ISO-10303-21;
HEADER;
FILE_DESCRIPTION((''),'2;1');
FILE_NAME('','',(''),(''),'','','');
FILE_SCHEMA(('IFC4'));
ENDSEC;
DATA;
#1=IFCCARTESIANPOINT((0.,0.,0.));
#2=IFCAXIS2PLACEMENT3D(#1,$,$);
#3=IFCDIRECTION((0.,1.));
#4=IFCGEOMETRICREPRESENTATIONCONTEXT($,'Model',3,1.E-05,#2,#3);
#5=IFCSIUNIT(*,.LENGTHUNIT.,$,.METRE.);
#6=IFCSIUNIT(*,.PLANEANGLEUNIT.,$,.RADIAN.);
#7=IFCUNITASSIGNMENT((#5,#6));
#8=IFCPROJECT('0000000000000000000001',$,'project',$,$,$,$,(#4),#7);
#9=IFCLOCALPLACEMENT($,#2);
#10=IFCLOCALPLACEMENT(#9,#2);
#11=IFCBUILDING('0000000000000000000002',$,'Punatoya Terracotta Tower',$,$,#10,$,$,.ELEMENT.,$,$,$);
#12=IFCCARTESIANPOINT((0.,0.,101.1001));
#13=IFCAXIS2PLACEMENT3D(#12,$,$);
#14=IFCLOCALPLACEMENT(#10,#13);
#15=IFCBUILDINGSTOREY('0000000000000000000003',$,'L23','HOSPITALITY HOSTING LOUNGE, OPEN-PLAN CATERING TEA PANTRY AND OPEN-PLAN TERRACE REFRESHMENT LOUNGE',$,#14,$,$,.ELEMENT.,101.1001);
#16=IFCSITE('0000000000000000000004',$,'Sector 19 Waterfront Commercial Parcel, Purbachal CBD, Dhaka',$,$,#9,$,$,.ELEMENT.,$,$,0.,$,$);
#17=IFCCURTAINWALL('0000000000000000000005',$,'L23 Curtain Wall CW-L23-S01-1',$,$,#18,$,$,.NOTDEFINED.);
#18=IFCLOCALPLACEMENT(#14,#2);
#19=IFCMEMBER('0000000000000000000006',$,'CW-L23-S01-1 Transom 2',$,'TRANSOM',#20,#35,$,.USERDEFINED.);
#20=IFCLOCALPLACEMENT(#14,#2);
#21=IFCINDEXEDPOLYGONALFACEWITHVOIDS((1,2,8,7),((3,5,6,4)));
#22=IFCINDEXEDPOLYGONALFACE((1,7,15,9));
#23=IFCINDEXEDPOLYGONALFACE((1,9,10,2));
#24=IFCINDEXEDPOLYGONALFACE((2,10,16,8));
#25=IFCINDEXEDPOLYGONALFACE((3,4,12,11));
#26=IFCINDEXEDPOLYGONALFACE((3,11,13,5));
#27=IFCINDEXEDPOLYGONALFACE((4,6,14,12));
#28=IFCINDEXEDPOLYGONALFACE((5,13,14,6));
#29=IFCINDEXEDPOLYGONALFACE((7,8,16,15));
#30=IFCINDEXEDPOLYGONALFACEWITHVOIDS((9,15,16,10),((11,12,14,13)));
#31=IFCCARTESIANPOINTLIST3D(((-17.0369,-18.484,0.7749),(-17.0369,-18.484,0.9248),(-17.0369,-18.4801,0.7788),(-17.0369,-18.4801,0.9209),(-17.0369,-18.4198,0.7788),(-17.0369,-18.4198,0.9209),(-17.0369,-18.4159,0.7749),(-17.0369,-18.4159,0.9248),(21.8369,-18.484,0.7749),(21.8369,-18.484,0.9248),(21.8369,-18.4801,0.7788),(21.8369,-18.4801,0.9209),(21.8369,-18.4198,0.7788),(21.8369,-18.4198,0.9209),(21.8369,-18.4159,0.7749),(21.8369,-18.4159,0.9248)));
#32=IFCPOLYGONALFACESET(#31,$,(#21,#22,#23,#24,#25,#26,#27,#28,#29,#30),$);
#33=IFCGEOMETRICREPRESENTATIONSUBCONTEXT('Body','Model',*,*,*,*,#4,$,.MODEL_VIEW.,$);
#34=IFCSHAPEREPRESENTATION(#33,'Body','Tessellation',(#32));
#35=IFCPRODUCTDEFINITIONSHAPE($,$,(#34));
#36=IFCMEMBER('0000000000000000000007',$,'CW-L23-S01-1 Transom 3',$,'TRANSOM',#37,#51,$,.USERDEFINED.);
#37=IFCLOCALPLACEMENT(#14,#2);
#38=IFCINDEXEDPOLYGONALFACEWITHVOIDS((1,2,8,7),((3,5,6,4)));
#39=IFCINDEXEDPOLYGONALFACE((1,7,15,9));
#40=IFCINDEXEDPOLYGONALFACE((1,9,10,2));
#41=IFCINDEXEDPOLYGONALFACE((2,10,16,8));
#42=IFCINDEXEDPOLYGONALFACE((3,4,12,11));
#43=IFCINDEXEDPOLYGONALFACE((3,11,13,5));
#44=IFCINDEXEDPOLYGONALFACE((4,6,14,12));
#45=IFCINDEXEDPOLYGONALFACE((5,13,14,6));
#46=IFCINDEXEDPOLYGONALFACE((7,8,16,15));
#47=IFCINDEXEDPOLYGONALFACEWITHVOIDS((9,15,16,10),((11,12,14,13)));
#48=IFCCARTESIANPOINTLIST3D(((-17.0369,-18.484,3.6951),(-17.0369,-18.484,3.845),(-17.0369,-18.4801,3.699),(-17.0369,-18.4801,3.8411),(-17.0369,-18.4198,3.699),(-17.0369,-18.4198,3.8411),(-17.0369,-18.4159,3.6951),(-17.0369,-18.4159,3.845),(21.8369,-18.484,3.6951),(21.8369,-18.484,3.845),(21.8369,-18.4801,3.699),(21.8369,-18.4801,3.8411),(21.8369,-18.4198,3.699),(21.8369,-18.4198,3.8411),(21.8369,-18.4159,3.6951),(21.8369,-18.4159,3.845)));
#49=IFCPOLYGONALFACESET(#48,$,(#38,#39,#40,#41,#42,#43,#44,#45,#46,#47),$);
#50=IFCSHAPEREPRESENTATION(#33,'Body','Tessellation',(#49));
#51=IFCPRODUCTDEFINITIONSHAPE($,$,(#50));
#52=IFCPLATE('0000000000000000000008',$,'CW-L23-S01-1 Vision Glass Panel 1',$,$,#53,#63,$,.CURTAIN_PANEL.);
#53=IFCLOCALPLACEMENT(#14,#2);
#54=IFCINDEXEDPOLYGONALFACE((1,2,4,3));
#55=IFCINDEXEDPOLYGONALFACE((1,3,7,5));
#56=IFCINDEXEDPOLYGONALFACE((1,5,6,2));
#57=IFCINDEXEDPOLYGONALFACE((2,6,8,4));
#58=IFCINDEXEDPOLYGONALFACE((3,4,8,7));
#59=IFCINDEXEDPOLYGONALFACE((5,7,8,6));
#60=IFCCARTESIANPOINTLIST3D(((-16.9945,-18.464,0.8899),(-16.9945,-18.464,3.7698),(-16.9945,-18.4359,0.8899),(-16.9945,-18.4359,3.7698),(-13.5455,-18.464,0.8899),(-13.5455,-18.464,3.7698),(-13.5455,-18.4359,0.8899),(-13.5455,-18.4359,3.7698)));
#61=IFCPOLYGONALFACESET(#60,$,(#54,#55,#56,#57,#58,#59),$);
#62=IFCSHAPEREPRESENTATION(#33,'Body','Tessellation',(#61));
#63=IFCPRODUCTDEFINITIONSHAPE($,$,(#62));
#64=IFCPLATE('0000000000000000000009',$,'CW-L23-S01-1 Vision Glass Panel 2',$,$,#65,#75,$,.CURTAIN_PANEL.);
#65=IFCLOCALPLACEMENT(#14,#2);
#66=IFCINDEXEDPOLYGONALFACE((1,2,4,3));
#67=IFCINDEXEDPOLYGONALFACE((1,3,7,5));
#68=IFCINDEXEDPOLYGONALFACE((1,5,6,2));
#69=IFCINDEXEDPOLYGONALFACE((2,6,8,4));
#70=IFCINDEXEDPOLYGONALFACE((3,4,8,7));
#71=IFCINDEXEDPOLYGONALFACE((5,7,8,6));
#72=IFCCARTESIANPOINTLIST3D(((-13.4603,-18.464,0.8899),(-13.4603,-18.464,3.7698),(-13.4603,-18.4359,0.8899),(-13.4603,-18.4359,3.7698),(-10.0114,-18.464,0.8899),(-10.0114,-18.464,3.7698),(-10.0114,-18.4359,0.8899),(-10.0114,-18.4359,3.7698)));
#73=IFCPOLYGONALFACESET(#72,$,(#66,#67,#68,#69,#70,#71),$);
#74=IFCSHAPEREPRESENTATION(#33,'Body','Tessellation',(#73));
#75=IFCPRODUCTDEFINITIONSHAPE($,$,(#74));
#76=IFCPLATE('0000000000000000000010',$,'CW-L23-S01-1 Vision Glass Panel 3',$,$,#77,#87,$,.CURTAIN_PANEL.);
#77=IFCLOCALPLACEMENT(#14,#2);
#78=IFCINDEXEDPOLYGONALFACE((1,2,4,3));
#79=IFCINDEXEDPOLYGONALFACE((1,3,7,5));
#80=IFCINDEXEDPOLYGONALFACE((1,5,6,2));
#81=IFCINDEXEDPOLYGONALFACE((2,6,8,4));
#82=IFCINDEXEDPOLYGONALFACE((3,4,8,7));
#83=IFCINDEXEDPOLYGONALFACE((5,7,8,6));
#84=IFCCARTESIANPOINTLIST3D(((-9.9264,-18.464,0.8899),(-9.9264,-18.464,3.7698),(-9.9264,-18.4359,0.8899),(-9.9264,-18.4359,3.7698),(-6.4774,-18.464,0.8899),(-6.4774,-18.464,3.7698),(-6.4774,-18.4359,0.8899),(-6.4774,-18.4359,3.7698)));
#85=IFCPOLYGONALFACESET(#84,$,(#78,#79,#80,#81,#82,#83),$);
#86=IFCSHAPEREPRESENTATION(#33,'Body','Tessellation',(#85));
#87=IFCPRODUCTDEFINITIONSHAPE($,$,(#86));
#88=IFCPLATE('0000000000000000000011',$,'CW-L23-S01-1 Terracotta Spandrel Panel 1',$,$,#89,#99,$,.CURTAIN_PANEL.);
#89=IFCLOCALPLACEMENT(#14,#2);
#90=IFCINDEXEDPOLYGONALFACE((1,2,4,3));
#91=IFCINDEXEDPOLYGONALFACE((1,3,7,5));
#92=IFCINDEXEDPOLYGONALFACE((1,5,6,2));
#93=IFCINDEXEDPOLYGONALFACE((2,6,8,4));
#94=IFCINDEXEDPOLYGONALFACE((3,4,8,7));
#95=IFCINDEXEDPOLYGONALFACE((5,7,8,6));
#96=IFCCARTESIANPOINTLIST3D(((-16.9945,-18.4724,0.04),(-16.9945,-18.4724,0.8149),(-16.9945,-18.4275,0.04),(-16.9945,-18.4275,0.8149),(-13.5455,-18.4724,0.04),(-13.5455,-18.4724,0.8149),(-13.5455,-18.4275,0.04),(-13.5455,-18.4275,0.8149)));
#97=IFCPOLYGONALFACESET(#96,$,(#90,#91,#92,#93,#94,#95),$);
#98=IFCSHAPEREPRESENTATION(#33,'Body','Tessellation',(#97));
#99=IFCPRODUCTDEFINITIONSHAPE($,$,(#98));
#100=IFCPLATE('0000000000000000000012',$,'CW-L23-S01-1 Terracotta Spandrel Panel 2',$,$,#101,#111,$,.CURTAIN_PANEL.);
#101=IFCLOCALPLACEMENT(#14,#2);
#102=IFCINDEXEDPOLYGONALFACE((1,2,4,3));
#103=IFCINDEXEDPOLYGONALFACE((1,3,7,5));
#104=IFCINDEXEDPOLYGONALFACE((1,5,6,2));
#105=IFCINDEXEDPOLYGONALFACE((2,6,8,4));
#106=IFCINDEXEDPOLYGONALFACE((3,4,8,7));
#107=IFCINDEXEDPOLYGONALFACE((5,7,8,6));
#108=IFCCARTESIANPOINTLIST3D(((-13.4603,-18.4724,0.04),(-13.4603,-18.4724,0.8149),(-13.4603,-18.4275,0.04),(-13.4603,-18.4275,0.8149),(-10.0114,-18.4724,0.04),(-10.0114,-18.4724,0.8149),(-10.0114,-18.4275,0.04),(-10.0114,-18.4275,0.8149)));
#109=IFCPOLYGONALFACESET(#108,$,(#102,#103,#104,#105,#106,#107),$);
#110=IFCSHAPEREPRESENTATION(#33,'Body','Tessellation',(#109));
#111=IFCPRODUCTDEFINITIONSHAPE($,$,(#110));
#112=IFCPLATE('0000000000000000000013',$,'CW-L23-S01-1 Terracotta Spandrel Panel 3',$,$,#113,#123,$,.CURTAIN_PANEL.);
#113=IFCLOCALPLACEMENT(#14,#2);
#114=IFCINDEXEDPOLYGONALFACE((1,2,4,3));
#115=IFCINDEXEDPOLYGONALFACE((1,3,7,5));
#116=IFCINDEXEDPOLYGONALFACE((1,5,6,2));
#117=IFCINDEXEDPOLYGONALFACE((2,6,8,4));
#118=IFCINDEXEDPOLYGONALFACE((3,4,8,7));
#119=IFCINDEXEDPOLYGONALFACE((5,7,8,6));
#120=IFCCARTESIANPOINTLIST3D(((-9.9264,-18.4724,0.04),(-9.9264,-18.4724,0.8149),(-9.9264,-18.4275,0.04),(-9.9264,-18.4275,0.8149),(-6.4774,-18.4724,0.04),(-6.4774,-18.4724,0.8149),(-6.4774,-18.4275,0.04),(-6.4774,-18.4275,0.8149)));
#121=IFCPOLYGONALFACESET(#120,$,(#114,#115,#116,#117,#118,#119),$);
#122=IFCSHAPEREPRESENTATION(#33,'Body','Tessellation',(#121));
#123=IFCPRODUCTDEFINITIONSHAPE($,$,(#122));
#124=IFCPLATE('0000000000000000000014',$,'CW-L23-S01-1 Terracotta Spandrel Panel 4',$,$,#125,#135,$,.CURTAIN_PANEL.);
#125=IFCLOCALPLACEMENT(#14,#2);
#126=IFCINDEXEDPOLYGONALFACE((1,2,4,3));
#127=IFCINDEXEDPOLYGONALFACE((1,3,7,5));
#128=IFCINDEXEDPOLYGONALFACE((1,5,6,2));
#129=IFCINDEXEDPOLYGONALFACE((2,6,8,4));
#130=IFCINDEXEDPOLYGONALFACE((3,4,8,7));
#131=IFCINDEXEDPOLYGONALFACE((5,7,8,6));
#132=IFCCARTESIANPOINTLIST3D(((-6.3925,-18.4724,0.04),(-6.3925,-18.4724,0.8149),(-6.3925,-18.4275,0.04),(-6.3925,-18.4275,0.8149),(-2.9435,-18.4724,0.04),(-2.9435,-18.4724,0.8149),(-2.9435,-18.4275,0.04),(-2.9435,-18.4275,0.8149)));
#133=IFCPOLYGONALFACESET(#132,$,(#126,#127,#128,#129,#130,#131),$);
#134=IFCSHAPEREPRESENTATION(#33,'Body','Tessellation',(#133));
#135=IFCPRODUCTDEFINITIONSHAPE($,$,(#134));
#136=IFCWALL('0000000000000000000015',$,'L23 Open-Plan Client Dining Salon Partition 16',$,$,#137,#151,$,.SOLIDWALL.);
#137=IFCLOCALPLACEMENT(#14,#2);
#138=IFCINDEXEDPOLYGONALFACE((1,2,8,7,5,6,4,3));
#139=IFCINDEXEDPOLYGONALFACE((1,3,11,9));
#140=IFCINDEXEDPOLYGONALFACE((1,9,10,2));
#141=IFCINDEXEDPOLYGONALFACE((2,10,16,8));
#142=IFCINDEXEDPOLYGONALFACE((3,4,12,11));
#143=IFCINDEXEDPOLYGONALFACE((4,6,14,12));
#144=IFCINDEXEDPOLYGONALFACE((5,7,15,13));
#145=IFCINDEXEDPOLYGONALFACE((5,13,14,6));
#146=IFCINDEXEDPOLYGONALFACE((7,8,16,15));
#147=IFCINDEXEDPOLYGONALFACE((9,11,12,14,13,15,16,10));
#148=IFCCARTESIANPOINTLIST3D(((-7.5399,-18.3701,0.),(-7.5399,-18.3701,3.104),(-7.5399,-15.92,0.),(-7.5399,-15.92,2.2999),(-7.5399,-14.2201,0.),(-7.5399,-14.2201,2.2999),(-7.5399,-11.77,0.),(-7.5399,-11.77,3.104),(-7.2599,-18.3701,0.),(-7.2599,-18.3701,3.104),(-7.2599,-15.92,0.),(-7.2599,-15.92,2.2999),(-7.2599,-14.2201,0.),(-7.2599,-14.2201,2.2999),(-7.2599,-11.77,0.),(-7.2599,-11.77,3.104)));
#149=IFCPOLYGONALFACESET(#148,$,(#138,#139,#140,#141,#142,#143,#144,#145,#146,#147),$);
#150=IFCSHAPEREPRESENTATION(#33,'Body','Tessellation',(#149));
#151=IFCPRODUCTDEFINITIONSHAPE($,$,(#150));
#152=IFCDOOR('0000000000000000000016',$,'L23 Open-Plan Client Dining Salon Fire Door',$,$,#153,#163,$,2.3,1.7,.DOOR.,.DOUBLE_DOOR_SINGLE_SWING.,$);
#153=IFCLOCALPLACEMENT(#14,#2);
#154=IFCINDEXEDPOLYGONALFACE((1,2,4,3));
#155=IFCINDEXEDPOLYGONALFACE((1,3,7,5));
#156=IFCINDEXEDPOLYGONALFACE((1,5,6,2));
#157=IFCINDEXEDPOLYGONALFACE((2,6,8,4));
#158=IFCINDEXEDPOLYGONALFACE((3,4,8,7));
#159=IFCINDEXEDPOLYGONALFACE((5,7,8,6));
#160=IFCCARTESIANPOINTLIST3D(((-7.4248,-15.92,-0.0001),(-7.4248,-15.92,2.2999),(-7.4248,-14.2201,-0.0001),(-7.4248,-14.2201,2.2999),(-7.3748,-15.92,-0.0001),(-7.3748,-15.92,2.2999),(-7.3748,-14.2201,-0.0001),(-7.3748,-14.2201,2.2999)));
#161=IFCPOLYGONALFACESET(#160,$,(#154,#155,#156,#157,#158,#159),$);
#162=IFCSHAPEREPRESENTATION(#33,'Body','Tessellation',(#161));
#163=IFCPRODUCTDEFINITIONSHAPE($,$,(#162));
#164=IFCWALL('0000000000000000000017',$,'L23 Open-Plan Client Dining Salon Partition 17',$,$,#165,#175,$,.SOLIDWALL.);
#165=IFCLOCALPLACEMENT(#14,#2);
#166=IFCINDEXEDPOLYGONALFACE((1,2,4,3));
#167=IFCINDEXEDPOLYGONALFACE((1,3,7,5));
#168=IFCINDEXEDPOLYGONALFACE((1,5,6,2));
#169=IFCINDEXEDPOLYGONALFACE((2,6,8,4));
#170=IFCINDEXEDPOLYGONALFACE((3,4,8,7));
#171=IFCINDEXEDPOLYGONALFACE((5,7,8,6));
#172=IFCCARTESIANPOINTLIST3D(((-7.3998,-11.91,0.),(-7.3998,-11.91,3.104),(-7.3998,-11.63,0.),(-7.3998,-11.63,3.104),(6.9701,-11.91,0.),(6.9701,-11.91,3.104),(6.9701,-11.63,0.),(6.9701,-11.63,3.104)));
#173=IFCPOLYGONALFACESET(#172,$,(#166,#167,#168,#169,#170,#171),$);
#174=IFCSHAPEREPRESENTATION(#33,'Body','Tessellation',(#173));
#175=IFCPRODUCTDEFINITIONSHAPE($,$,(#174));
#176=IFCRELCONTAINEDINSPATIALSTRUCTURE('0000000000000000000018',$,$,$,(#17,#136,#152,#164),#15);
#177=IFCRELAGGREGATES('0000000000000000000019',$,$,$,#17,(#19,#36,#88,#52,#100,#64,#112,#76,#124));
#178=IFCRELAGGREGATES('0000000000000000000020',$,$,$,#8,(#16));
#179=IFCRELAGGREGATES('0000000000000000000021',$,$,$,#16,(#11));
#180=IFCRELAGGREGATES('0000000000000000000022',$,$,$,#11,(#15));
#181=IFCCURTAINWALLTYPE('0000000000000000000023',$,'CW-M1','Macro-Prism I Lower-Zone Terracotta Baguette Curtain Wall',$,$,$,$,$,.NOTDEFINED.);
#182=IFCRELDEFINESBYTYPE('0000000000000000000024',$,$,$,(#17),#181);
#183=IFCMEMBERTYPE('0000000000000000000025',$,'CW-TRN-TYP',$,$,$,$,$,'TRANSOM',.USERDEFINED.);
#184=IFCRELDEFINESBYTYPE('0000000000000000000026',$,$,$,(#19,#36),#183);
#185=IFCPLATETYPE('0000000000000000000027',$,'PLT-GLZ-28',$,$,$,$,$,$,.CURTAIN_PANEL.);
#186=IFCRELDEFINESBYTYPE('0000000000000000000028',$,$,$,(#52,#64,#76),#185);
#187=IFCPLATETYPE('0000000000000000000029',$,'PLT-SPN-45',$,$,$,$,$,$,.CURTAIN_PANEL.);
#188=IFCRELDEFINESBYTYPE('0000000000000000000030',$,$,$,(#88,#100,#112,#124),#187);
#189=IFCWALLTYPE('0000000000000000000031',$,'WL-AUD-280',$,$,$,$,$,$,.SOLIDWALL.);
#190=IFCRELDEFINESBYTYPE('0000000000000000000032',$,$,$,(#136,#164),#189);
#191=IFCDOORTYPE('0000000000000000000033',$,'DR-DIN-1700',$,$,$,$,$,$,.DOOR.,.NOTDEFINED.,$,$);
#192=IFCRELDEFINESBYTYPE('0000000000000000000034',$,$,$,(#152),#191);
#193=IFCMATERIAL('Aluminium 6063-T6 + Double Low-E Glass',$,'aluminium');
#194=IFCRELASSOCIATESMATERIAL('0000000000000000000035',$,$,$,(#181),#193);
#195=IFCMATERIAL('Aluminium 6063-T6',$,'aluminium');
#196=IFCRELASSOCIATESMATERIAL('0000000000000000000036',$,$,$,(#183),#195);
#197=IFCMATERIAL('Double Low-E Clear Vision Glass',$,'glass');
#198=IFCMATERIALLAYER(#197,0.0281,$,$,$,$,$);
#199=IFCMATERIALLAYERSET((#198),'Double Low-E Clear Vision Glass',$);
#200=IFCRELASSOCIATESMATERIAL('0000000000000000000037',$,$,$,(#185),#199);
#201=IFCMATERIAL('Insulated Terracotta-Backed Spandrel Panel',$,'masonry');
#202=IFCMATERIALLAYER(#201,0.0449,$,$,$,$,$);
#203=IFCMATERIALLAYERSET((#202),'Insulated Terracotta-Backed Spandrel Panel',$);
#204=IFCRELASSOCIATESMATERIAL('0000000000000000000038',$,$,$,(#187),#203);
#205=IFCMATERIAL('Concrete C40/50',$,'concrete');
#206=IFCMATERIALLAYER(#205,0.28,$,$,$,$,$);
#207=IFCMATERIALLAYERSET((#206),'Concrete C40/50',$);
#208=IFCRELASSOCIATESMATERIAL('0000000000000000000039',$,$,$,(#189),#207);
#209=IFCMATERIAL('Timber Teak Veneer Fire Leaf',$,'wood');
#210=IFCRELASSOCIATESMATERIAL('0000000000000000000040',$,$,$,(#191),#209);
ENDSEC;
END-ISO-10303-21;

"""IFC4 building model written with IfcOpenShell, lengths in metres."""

from ifc_helpers import new_model, si_unit, direction, frame, frame_2d, origin, origin_2d, place, context, subcontext, project, spatial, rectangle, hollow_rectangle, extrude, material, layer, layer_set, material_profile, profile_set, type_object, element, fill, aggregate, save


model = new_model("IFC4")

# Units and contexts
model_context = context("Model", 3, precision=1e-05, world=origin(), true_north=direction((0.0, 1.0)))
body_context = subcontext(model_context, "Body", "Model", "MODEL_VIEW")
ifc_project = project(units=[si_unit("LENGTHUNIT", "METRE"), si_unit("PLANEANGLEUNIT", "RADIAN")], contexts=[model_context])

# Site, building, storey
site_placement = place(None, origin())
site = spatial("IfcSite", under=ifc_project, at=site_placement, Name="Sector 19 Waterfront Commercial Parcel, Purbachal CBD, Dhaka", CompositionType="ELEMENT", RefElevation=0.0)
building_placement = place(site_placement, origin())
building = spatial("IfcBuilding", under=site, at=building_placement, Name="Punatoya Terracotta Tower", CompositionType="ELEMENT")
storey_placement = place(building_placement, frame((0.0, 0.0, 101.1001)))
storey = spatial("IfcBuildingStorey", under=building, at=storey_placement, Name="L23", Description="HOSPITALITY HOSTING LOUNGE, OPEN-PLAN CATERING TEA PANTRY AND OPEN-PLAN TERRACE REFRESHMENT LOUNGE", CompositionType="ELEMENT", Elevation=101.1001)

# Curtain wall, members, plates
ifc_material_1 = material(Name="Aluminium 6063-T6 + Double Low-E Glass", Category="aluminium")
curtain_wall_type = type_object("IfcCurtainWallType", Name="CW-M1", Description="Macro-Prism I Lower-Zone Terracotta Baguette Curtain Wall", PredefinedType="NOTDEFINED", material=ifc_material_1)
curtain_wall_placement = place(storey_placement, origin())
curtain_wall = element("IfcCurtainWall", 1, at=curtain_wall_placement, inside=storey, type_object=curtain_wall_type, Name="L23 Curtain Wall CW-L23-S01-1", PredefinedType="NOTDEFINED")
ifc_material_2 = material(Name="Aluminium 6063-T6", Category="aluminium")
ifc_material_profile_1 = material_profile(ifc_material_2, hollow_rectangle(XDim=0.0681, YDim=0.1499, WallThickness=0.0039, at=origin_2d()))
ifc_profile_set_1 = profile_set([ifc_material_profile_1], Name="Aluminium 6063-T6")
member_type_1 = type_object("IfcMemberType", Name="CW-TRN-TYP", ElementType="TRANSOM", PredefinedType="USERDEFINED", material=ifc_profile_set_1)
member_1_placement = place(storey_placement, frame((-17.0369, -18.45, 0.8499), z_axis=(1.0, 0.0, 0.0), x_axis=(0.0, 1.0, 0.0)))
member_1 = element("IfcMember", 2, at=member_1_placement, type_object=member_type_1, Name="CW-L23-S01-1 Transom 2", ObjectType="TRANSOM", PredefinedType="USERDEFINED", context=body_context, shape_type="SweptSolid", body=[
    extrude(hollow_rectangle(XDim=0.0681, YDim=0.1499, WallThickness=0.0039, at=origin_2d()), origin(), (0.0, 0.0, 1.0), 38.8738),
])
member_2_placement = place(storey_placement, frame((-17.0369, -18.45, 3.77), z_axis=(1.0, 0.0, 0.0), x_axis=(0.0, 1.0, 0.0)))
member_2 = element("IfcMember", 3, at=member_2_placement, type_object=member_type_1, Name="CW-L23-S01-1 Transom 3", ObjectType="TRANSOM", PredefinedType="USERDEFINED", context=body_context, shape_type="SweptSolid", body=[
    extrude(hollow_rectangle(XDim=0.0681, YDim=0.1499, WallThickness=0.0039, at=origin_2d()), origin(), (0.0, 0.0, 1.0), 38.8738),
])
ifc_material_3 = material(Name="Double Low-E Clear Vision Glass", Category="glass")
ifc_layer_1 = layer(ifc_material_3, 0.0281)
ifc_layer_set_1 = layer_set([ifc_layer_1], Name="Double Low-E Clear Vision Glass")
plate_type_1 = type_object("IfcPlateType", Name="PLT-GLZ-28", PredefinedType="CURTAIN_PANEL", material=ifc_layer_set_1)
plate_1_placement = place(storey_placement, frame((-15.27, -18.45, 0.8899), z_axis=(0.0, 0.0, 1.0), x_axis=(1.0, 0.0, 0.0)))
plate_1 = element("IfcPlate", 4, at=plate_1_placement, type_object=plate_type_1, Name="CW-L23-S01-1 Vision Glass Panel 1", PredefinedType="CURTAIN_PANEL", context=body_context, shape_type="SweptSolid", body=[
    extrude(rectangle(XDim=3.449, YDim=0.0281, at=origin_2d()), origin(), (0.0, 0.0, 1.0), 2.8799),
])
plate_2_placement = place(storey_placement, frame((-11.7358, -18.45, 0.8899), z_axis=(0.0, 0.0, 1.0), x_axis=(1.0, 0.0, 0.0)))
plate_2 = element("IfcPlate", 5, at=plate_2_placement, type_object=plate_type_1, Name="CW-L23-S01-1 Vision Glass Panel 2", PredefinedType="CURTAIN_PANEL", context=body_context, shape_type="SweptSolid", body=[
    extrude(rectangle(XDim=3.449, YDim=0.0281, at=origin_2d()), origin(), (0.0, 0.0, 1.0), 2.8799),
])
plate_3_placement = place(storey_placement, frame((-8.2019, -18.45, 0.8899), z_axis=(0.0, 0.0, 1.0), x_axis=(1.0, 0.0, 0.0)))
plate_3 = element("IfcPlate", 6, at=plate_3_placement, type_object=plate_type_1, Name="CW-L23-S01-1 Vision Glass Panel 3", PredefinedType="CURTAIN_PANEL", context=body_context, shape_type="SweptSolid", body=[
    extrude(rectangle(XDim=3.449, YDim=0.0281, at=origin_2d()), origin(), (0.0, 0.0, 1.0), 2.8799),
])
ifc_material_4 = material(Name="Insulated Terracotta-Backed Spandrel Panel", Category="masonry")
ifc_layer_2 = layer(ifc_material_4, 0.0449)
ifc_layer_set_2 = layer_set([ifc_layer_2], Name="Insulated Terracotta-Backed Spandrel Panel")
plate_type_2 = type_object("IfcPlateType", Name="PLT-SPN-45", PredefinedType="CURTAIN_PANEL", material=ifc_layer_set_2)
plate_4_placement = place(storey_placement, frame((-15.27, -18.45, 0.04), z_axis=(0.0, 0.0, 1.0), x_axis=(1.0, 0.0, 0.0)))
plate_4 = element("IfcPlate", 7, at=plate_4_placement, type_object=plate_type_2, Name="CW-L23-S01-1 Terracotta Spandrel Panel 1", PredefinedType="CURTAIN_PANEL", context=body_context, shape_type="SweptSolid", body=[
    extrude(rectangle(XDim=3.449, YDim=0.0449, at=origin_2d()), origin(), (0.0, 0.0, 1.0), 0.7749),
])
plate_5_placement = place(storey_placement, frame((-11.7358, -18.45, 0.04), z_axis=(0.0, 0.0, 1.0), x_axis=(1.0, 0.0, 0.0)))
plate_5 = element("IfcPlate", 8, at=plate_5_placement, type_object=plate_type_2, Name="CW-L23-S01-1 Terracotta Spandrel Panel 2", PredefinedType="CURTAIN_PANEL", context=body_context, shape_type="SweptSolid", body=[
    extrude(rectangle(XDim=3.449, YDim=0.0449, at=origin_2d()), origin(), (0.0, 0.0, 1.0), 0.7749),
])
plate_6_placement = place(storey_placement, frame((-8.2019, -18.45, 0.04), z_axis=(0.0, 0.0, 1.0), x_axis=(1.0, 0.0, 0.0)))
plate_6 = element("IfcPlate", 9, at=plate_6_placement, type_object=plate_type_2, Name="CW-L23-S01-1 Terracotta Spandrel Panel 3", PredefinedType="CURTAIN_PANEL", context=body_context, shape_type="SweptSolid", body=[
    extrude(rectangle(XDim=3.449, YDim=0.0449, at=origin_2d()), origin(), (0.0, 0.0, 1.0), 0.7749),
])
plate_7_placement = place(storey_placement, frame((-4.668, -18.45, 0.04), z_axis=(0.0, 0.0, 1.0), x_axis=(1.0, 0.0, 0.0)))
plate_7 = element("IfcPlate", 10, at=plate_7_placement, type_object=plate_type_2, Name="CW-L23-S01-1 Terracotta Spandrel Panel 4", PredefinedType="CURTAIN_PANEL", context=body_context, shape_type="SweptSolid", body=[
    extrude(rectangle(XDim=3.449, YDim=0.0449, at=origin_2d()), origin(), (0.0, 0.0, 1.0), 0.7749),
])
aggregate(curtain_wall, [member_1, member_2, plate_4, plate_1, plate_5, plate_2, plate_6, plate_3, plate_7])

# Wall, opening, door
ifc_material_5 = material(Name="Concrete C40/50", Category="concrete")
ifc_layer_3 = layer(ifc_material_5, 0.28)
ifc_layer_set_3 = layer_set([ifc_layer_3], Name="Concrete C40/50")
wall_type_1 = type_object("IfcWallType", Name="WL-AUD-280", PredefinedType="SOLIDWALL", material=ifc_layer_set_3)
wall_1_placement = place(storey_placement, frame((-7.3999, -18.3701, 0.0), z_axis=(0.0, 0.0, 1.0), x_axis=(0.0, 1.0, 0.0)))
wall_1 = element("IfcWall", 11, at=wall_1_placement, inside=storey, type_object=wall_type_1, Name="L23 Open-Plan Client Dining Salon Partition 16", PredefinedType="SOLIDWALL", context=body_context, shape_type="SweptSolid", body=[
    extrude(rectangle(XDim=6.6001, YDim=0.28, at=frame_2d((3.3, 0.0))), origin(), (0.0, 0.0, 1.0), 3.104),
])
opening_1_placement = place(wall_1_placement, frame((2.45, 0.0, 0.0)))
opening_1 = element("IfcOpeningElement", 12, at=opening_1_placement, cuts=wall_1, PredefinedType="OPENING", context=body_context, shape_type="SweptSolid", body=[
    extrude(rectangle(XDim=1.7, YDim=2.3, at=frame_2d((0.8501, 1.1499))), frame((0.0, 0.1499, 0.0), z_axis=(0.0, -1.0, 0.0), x_axis=(1.0, 0.0, 0.0)), (0.0, 0.0, 1.0), 0.3),
])
ifc_material_6 = material(Name="Timber Teak Veneer Fire Leaf", Category="wood")
door_type_1 = type_object("IfcDoorType", Name="DR-DIN-1700", OperationType="NOTDEFINED", PredefinedType="DOOR", material=ifc_material_6)
door_1_placement = place(opening_1_placement, origin())
door_1 = element("IfcDoor", 13, at=door_1_placement, inside=storey, type_object=door_type_1, Name="L23 Open-Plan Client Dining Salon Fire Door", OperationType="DOUBLE_DOOR_SINGLE_SWING", OverallHeight=2.3, OverallWidth=1.7, PredefinedType="DOOR", context=body_context, shape_type="SweptSolid", body=[
    extrude(rectangle(XDim=1.7, YDim=2.3, at=frame_2d((0.8501, 1.1499))), frame((0.0, 0.0249, 0.0), z_axis=(0.0, -1.0, 0.0), x_axis=(1.0, 0.0, 0.0)), (0.0, 0.0, 1.0), 0.05),
])
fill(opening_1, door_1)

# Wall
wall_2_placement = place(storey_placement, frame((-7.3999, -11.77, 0.0), z_axis=(0.0, 0.0, 1.0), x_axis=(1.0, 0.0, 0.0)))
element("IfcWall", 14, at=wall_2_placement, inside=storey, type_object=wall_type_1, Name="L23 Open-Plan Client Dining Salon Partition 17", PredefinedType="SOLIDWALL", context=body_context, shape_type="SweptSolid", body=[
    extrude(rectangle(XDim=14.3699, YDim=0.28, at=frame_2d((7.1851, 0.0))), origin(), (0.0, 0.0, 1.0), 3.104),
])

save(model, "model.ifc")
